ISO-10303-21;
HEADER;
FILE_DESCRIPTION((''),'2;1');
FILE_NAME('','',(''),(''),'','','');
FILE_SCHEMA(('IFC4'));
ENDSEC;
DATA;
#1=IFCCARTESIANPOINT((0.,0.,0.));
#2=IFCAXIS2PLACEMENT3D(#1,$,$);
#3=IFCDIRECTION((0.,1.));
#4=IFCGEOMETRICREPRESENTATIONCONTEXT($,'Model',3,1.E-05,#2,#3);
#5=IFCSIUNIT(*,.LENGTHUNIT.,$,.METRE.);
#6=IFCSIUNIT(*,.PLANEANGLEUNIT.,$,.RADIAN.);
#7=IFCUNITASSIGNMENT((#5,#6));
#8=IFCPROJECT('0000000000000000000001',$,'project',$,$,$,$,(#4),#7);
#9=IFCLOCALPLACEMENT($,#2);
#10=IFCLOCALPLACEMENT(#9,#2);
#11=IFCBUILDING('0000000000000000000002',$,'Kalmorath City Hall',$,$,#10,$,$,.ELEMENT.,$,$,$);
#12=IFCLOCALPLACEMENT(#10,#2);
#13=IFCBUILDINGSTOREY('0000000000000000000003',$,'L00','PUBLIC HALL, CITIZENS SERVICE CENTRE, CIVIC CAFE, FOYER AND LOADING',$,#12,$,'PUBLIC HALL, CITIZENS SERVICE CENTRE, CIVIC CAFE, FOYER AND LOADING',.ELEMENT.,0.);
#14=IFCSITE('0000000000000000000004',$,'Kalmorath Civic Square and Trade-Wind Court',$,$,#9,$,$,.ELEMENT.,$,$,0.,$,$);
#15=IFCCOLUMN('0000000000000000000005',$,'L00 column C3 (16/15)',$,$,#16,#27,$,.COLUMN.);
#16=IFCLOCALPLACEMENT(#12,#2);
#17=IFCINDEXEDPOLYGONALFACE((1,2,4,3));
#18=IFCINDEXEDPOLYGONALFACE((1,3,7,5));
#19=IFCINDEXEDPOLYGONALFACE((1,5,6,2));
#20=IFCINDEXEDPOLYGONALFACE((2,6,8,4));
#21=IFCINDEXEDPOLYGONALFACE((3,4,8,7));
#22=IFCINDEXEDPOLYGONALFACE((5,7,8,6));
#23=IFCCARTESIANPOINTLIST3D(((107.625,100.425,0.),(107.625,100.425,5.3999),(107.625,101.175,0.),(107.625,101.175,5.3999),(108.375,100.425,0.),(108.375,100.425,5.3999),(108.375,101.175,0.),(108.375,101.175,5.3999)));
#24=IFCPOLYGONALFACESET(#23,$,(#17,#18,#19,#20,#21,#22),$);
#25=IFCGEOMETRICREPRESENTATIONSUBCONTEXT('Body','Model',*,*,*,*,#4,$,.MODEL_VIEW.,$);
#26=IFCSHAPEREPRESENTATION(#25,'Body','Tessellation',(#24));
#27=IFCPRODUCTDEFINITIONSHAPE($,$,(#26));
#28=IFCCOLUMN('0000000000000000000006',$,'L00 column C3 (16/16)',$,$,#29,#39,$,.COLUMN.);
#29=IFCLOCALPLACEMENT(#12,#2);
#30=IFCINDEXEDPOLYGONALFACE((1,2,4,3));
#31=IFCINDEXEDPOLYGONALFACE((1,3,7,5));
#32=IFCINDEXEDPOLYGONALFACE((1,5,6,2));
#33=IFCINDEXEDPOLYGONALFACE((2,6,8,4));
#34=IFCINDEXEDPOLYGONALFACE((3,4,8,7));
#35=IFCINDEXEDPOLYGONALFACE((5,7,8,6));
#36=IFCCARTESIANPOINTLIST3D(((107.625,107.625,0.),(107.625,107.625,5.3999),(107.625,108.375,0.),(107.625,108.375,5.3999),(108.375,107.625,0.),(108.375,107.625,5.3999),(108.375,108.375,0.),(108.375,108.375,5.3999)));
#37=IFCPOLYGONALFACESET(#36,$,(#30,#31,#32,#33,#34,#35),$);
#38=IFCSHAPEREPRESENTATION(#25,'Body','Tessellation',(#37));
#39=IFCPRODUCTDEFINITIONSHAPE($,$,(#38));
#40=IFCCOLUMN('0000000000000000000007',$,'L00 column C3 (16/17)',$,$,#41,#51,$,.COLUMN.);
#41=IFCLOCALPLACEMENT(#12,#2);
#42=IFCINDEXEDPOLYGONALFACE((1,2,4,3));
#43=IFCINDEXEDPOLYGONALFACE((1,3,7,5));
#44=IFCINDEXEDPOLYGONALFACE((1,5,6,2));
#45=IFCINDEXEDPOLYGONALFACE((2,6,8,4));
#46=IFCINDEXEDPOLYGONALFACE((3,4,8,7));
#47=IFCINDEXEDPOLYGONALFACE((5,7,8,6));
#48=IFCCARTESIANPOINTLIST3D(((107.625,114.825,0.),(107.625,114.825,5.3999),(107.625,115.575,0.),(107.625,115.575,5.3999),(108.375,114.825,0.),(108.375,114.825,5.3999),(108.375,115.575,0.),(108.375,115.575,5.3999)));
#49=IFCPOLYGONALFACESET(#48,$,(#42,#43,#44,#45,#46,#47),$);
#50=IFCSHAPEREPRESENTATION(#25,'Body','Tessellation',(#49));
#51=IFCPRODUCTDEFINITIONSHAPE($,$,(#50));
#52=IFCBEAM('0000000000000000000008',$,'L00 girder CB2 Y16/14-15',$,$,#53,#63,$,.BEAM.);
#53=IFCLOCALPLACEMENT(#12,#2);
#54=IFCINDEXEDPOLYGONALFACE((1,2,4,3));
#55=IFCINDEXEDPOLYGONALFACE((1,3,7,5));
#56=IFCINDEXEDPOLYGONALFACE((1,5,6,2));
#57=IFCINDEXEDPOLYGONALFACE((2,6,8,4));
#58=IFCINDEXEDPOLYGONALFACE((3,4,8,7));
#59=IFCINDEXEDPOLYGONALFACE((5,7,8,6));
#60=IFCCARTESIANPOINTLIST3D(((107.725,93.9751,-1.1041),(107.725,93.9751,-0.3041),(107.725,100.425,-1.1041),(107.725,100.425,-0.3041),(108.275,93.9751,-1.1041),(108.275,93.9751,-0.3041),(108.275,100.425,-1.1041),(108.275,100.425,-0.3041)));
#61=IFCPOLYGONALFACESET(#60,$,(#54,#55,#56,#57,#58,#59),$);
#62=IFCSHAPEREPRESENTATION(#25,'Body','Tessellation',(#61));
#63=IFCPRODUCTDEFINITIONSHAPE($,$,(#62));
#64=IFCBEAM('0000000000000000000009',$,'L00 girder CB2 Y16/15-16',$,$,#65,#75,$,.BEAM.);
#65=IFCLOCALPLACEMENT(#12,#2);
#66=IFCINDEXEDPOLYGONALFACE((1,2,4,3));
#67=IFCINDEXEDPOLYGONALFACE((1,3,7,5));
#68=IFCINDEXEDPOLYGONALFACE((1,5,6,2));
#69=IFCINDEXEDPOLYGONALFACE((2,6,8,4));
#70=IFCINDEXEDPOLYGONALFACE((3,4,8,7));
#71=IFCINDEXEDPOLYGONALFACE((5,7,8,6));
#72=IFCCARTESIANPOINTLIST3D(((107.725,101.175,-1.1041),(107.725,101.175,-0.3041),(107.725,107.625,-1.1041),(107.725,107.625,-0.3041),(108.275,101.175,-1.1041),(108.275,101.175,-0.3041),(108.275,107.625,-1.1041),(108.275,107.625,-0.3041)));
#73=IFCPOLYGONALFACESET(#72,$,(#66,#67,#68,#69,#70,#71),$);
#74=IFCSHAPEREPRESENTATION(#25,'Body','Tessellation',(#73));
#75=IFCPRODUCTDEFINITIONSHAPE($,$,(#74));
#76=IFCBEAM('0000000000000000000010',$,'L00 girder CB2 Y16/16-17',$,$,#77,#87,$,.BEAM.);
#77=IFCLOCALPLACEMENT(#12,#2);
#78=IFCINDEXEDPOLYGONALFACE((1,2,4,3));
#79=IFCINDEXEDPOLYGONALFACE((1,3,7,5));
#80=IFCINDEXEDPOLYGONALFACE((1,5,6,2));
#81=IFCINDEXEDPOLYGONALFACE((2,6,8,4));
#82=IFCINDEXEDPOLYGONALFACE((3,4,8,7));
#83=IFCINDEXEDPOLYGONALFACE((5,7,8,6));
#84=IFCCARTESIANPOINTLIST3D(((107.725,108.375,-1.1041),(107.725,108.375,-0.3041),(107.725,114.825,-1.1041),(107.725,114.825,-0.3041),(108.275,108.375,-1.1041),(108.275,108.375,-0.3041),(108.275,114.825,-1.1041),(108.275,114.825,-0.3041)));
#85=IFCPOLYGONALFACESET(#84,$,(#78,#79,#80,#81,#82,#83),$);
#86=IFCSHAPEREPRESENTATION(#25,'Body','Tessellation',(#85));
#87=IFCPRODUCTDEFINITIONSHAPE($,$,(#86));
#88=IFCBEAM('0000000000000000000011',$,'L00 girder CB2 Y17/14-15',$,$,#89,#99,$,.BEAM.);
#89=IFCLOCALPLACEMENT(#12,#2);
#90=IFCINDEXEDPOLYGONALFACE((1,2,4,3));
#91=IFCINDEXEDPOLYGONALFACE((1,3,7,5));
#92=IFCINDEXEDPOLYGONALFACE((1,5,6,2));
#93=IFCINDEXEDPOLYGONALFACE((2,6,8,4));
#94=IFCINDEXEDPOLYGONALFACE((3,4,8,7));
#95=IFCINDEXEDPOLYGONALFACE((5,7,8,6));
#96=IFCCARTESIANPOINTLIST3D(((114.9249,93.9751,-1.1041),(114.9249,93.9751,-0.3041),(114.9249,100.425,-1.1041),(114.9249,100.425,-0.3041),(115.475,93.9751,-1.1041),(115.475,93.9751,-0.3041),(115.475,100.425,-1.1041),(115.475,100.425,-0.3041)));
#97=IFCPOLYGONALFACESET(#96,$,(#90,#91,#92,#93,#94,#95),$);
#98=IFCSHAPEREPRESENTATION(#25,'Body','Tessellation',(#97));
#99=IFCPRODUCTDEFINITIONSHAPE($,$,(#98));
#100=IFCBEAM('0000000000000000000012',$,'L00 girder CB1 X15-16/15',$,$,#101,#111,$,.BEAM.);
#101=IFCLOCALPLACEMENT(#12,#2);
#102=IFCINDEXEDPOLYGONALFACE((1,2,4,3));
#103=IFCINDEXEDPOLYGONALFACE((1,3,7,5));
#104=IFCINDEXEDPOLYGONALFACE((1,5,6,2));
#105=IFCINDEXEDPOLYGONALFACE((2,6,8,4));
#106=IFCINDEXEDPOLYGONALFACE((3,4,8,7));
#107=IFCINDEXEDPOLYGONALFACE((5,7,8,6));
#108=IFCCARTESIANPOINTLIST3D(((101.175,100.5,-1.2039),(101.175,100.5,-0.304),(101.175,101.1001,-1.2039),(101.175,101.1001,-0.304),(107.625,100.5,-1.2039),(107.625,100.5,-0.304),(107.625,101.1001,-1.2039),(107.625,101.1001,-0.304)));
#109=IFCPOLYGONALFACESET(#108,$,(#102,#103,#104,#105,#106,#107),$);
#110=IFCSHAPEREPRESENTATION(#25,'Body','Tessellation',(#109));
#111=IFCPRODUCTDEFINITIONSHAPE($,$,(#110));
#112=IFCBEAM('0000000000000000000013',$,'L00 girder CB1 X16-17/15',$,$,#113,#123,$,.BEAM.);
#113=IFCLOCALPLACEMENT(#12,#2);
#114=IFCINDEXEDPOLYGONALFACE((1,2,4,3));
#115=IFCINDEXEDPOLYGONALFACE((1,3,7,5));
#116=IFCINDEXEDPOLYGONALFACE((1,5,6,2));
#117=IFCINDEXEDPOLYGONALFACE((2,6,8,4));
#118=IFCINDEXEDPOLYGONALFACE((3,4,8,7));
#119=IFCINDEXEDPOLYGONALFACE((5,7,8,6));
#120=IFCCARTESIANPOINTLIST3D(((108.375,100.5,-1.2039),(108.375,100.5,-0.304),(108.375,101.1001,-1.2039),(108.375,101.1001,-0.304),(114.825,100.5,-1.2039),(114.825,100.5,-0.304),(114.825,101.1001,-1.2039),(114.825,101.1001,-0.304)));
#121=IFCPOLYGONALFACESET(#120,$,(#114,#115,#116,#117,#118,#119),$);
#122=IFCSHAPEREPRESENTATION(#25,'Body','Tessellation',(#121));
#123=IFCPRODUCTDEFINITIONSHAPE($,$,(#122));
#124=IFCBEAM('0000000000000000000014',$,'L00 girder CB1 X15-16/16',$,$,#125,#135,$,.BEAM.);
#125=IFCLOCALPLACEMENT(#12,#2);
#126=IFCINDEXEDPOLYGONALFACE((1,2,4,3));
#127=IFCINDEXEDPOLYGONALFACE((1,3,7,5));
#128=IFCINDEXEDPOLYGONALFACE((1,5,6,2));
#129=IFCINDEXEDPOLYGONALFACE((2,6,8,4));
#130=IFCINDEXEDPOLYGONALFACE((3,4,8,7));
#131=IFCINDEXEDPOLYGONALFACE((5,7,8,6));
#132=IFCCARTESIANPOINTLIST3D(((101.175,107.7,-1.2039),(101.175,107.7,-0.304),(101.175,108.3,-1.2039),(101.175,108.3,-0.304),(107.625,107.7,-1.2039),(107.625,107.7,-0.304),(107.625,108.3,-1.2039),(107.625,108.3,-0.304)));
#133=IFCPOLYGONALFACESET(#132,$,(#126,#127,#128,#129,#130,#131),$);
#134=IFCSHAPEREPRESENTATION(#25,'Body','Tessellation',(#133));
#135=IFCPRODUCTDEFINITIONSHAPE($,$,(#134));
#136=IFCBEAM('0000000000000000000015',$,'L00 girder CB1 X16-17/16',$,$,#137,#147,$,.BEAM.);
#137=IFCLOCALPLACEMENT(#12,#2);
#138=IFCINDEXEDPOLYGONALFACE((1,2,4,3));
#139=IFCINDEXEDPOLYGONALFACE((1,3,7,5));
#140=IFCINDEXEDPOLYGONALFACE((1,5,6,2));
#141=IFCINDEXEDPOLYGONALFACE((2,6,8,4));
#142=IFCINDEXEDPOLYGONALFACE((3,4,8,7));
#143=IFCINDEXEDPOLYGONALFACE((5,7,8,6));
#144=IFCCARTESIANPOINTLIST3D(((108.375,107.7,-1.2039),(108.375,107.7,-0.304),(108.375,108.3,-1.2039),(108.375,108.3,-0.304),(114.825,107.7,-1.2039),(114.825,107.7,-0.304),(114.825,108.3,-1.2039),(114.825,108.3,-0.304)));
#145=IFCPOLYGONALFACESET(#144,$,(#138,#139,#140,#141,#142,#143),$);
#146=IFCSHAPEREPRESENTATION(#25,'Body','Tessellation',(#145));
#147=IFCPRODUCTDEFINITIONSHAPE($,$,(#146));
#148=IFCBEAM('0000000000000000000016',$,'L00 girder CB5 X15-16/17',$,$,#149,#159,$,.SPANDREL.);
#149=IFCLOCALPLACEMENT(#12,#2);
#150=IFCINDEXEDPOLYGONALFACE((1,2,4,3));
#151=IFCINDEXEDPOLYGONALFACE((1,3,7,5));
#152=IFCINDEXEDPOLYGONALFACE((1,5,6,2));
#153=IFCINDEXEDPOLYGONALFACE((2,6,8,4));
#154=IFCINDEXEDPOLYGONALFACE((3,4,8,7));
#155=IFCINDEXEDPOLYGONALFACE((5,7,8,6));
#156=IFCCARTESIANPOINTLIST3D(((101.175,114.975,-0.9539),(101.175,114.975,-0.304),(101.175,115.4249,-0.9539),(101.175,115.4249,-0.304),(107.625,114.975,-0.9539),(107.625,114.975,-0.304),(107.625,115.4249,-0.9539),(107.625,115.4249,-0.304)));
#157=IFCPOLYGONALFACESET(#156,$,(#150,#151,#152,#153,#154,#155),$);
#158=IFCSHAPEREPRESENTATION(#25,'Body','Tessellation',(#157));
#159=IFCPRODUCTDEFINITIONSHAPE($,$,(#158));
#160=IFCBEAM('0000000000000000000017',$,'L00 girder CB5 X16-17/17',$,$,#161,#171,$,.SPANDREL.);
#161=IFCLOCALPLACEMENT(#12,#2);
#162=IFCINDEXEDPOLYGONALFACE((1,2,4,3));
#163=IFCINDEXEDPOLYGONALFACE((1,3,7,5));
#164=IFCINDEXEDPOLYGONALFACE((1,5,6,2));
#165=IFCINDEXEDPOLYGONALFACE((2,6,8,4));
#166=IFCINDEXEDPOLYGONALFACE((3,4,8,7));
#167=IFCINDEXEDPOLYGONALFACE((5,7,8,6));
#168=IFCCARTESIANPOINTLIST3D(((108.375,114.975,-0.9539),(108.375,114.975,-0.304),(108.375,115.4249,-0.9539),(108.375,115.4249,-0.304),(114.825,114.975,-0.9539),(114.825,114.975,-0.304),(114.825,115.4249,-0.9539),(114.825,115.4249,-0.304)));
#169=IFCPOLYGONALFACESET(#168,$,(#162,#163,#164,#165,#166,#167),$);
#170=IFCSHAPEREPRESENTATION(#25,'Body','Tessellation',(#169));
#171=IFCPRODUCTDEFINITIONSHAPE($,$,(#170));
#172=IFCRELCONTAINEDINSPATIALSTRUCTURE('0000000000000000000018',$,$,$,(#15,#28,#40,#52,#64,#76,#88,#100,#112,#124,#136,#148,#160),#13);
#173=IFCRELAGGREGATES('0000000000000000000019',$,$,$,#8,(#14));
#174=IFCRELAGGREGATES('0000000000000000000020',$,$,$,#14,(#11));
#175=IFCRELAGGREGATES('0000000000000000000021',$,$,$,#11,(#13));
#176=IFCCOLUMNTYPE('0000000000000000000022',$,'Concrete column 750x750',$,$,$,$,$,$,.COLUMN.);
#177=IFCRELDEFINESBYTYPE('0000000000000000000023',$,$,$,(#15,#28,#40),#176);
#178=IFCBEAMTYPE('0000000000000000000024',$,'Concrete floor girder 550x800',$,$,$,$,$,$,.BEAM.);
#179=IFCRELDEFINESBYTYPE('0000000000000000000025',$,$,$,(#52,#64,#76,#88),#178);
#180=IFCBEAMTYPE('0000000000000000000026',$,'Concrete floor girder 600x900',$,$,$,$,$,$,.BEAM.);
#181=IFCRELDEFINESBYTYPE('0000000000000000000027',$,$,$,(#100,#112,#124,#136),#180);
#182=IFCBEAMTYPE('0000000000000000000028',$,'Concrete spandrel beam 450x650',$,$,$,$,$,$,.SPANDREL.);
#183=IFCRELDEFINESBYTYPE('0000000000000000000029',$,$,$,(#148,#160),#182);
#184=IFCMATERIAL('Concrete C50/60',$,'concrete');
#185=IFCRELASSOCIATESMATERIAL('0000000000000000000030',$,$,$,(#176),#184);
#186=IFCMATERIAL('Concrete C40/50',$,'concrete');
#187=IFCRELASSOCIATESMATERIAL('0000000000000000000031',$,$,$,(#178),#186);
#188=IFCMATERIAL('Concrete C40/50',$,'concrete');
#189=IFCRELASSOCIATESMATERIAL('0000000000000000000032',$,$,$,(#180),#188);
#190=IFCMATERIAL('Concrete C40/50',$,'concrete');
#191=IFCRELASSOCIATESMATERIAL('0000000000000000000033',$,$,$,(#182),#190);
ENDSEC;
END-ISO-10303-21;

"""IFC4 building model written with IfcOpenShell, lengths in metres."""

from ifc_helpers import new_model, si_unit, direction, frame, origin, origin_2d, place, context, subcontext, project, spatial, rectangle, extrude, material, material_profile, profile_set, type_object, element, save


model = new_model("IFC4")

# Units and contexts
model_context = context("Model", 3, precision=1e-05, world=origin(), true_north=direction((0.0, 1.0)))
body_context = subcontext(model_context, "Body", "Model", "MODEL_VIEW")
ifc_project = project(units=[si_unit("LENGTHUNIT", "METRE"), si_unit("PLANEANGLEUNIT", "RADIAN")], contexts=[model_context])

# Site, building, storey
site_placement = place(None, origin())
site = spatial("IfcSite", under=ifc_project, at=site_placement, Name="Kalmorath Civic Square and Trade-Wind Court", CompositionType="ELEMENT", RefElevation=0.0)
building_placement = place(site_placement, origin())
building = spatial("IfcBuilding", under=site, at=building_placement, Name="Kalmorath City Hall", CompositionType="ELEMENT")
storey_placement = place(building_placement, origin())
storey = spatial("IfcBuildingStorey", under=building, at=storey_placement, Name="L00", Description="PUBLIC HALL, CITIZENS SERVICE CENTRE, CIVIC CAFE, FOYER AND LOADING", LongName="PUBLIC HALL, CITIZENS SERVICE CENTRE, CIVIC CAFE, FOYER AND LOADING", CompositionType="ELEMENT", Elevation=0.0)

# Columns
ifc_material_1 = material(Name="Concrete C50/60", Category="concrete")
ifc_material_profile_1 = material_profile(ifc_material_1, rectangle(XDim=0.75, YDim=0.75, at=origin_2d()), Name="RC-COL-750X750")
ifc_profile_set_1 = profile_set([ifc_material_profile_1], Name="Concrete C50/60")
column_type = type_object("IfcColumnType", Name="Concrete column 750x750", PredefinedType="COLUMN", material=ifc_profile_set_1)
for number, where, z_axis, x_axis, name in (
    (1, (108.0, 100.8, 0.0), (0.0, 0.0, 1.0), (1.0, 0.0, 0.0), "L00 column C3 (16/15)"),
    (2, (108.0, 108.0, 0.0), (0.0, 0.0, 1.0), (1.0, 0.0, 0.0), "L00 column C3 (16/16)"),
    (3, (108.0, 115.2, 0.0), (0.0, 0.0, 1.0), (1.0, 0.0, 0.0), "L00 column C3 (16/17)"),
):
    element("IfcColumn", number, at=place(storey_placement, frame(where, z_axis=z_axis, x_axis=x_axis)), inside=storey, type_object=column_type, Name=name, PredefinedType="COLUMN", context=body_context, shape_type="SweptSolid", body=[
        extrude(rectangle(XDim=0.75, YDim=0.75, at=origin_2d()), origin(), (0.0, 0.0, 1.0), 5.3999),
    ])

# Beams
ifc_material_2 = material(Name="Concrete C40/50", Category="concrete")
ifc_material_profile_2 = material_profile(ifc_material_2, rectangle(XDim=0.55, YDim=0.8, at=origin_2d()), Name="RC-BM-550X800")
ifc_profile_set_2 = profile_set([ifc_material_profile_2], Name="Concrete C40/50")
beam_type_1 = type_object("IfcBeamType", Name="Concrete floor girder 550x800", PredefinedType="BEAM", material=ifc_profile_set_2)
for number, where, z_axis, x_axis, name in (
    (4, (108.0, 93.9751, -0.7041), (0.0, 1.0, 0.0), (-1.0, 0.0, 0.0), "L00 girder CB2 Y16/14-15"),
    (5, (108.0, 101.175, -0.7041), (0.0, 1.0, 0.0), (-1.0, 0.0, 0.0), "L00 girder CB2 Y16/15-16"),
    (6, (108.0, 108.375, -0.7041), (0.0, 1.0, 0.0), (-1.0, 0.0, 0.0), "L00 girder CB2 Y16/16-17"),
    (7, (115.2, 93.9751, -0.7041), (0.0, 1.0, 0.0), (-1.0, 0.0, 0.0), "L00 girder CB2 Y17/14-15"),
):
    element("IfcBeam", number, at=place(storey_placement, frame(where, z_axis=z_axis, x_axis=x_axis)), inside=storey, type_object=beam_type_1, Name=name, PredefinedType="BEAM", context=body_context, shape_type="SweptSolid", body=[
        extrude(rectangle(XDim=0.55, YDim=0.8, at=origin_2d()), origin(), (0.0, 0.0, 1.0), 6.45),
    ])
ifc_material_3 = material(Name="Concrete C40/50", Category="concrete")
ifc_material_profile_3 = material_profile(ifc_material_3, rectangle(XDim=0.6001, YDim=0.8999, at=origin_2d()), Name="RC-BM-600X900")
ifc_profile_set_3 = profile_set([ifc_material_profile_3], Name="Concrete C40/50")
beam_type_2 = type_object("IfcBeamType", Name="Concrete floor girder 600x900", PredefinedType="BEAM", material=ifc_profile_set_3)
for number, where, z_axis, x_axis, name in (
    (8, (101.175, 100.8, -0.7539), (1.0, 0.0, 0.0), (0.0, 1.0, 0.0), "L00 girder CB1 X15-16/15"),
    (9, (108.375, 100.8, -0.7539), (1.0, 0.0, 0.0), (0.0, 1.0, 0.0), "L00 girder CB1 X16-17/15"),
    (10, (101.175, 108.0, -0.7539), (1.0, 0.0, 0.0), (0.0, 1.0, 0.0), "L00 girder CB1 X15-16/16"),
    (11, (108.375, 108.0, -0.7539), (1.0, 0.0, 0.0), (0.0, 1.0, 0.0), "L00 girder CB1 X16-17/16"),
):
    element("IfcBeam", number, at=place(storey_placement, frame(where, z_axis=z_axis, x_axis=x_axis)), inside=storey, type_object=beam_type_2, Name=name, PredefinedType="BEAM", context=body_context, shape_type="SweptSolid", body=[
        extrude(rectangle(XDim=0.6001, YDim=0.8999, at=origin_2d()), origin(), (0.0, 0.0, 1.0), 6.45),
    ])
ifc_material_4 = material(Name="Concrete C40/50", Category="concrete")
ifc_material_profile_4 = material_profile(ifc_material_4, rectangle(XDim=0.45, YDim=0.6499, at=origin_2d()), Name="RC-BM-450X650")
ifc_profile_set_4 = profile_set([ifc_material_profile_4], Name="Concrete C40/50")
beam_type_3 = type_object("IfcBeamType", Name="Concrete spandrel beam 450x650", PredefinedType="SPANDREL", material=ifc_profile_set_4)
for number, where, z_axis, x_axis, name in (
    (12, (101.175, 115.2, -0.6289), (1.0, 0.0, 0.0), (0.0, 1.0, 0.0), "L00 girder CB5 X15-16/17"),
    (13, (108.375, 115.2, -0.6289), (1.0, 0.0, 0.0), (0.0, 1.0, 0.0), "L00 girder CB5 X16-17/17"),
):
    element("IfcBeam", number, at=place(storey_placement, frame(where, z_axis=z_axis, x_axis=x_axis)), inside=storey, type_object=beam_type_3, Name=name, PredefinedType="SPANDREL", context=body_context, shape_type="SweptSolid", body=[
        extrude(rectangle(XDim=0.45, YDim=0.6499, at=origin_2d()), origin(), (0.0, 0.0, 1.0), 6.45),
    ])

save(model, "model.ifc")
